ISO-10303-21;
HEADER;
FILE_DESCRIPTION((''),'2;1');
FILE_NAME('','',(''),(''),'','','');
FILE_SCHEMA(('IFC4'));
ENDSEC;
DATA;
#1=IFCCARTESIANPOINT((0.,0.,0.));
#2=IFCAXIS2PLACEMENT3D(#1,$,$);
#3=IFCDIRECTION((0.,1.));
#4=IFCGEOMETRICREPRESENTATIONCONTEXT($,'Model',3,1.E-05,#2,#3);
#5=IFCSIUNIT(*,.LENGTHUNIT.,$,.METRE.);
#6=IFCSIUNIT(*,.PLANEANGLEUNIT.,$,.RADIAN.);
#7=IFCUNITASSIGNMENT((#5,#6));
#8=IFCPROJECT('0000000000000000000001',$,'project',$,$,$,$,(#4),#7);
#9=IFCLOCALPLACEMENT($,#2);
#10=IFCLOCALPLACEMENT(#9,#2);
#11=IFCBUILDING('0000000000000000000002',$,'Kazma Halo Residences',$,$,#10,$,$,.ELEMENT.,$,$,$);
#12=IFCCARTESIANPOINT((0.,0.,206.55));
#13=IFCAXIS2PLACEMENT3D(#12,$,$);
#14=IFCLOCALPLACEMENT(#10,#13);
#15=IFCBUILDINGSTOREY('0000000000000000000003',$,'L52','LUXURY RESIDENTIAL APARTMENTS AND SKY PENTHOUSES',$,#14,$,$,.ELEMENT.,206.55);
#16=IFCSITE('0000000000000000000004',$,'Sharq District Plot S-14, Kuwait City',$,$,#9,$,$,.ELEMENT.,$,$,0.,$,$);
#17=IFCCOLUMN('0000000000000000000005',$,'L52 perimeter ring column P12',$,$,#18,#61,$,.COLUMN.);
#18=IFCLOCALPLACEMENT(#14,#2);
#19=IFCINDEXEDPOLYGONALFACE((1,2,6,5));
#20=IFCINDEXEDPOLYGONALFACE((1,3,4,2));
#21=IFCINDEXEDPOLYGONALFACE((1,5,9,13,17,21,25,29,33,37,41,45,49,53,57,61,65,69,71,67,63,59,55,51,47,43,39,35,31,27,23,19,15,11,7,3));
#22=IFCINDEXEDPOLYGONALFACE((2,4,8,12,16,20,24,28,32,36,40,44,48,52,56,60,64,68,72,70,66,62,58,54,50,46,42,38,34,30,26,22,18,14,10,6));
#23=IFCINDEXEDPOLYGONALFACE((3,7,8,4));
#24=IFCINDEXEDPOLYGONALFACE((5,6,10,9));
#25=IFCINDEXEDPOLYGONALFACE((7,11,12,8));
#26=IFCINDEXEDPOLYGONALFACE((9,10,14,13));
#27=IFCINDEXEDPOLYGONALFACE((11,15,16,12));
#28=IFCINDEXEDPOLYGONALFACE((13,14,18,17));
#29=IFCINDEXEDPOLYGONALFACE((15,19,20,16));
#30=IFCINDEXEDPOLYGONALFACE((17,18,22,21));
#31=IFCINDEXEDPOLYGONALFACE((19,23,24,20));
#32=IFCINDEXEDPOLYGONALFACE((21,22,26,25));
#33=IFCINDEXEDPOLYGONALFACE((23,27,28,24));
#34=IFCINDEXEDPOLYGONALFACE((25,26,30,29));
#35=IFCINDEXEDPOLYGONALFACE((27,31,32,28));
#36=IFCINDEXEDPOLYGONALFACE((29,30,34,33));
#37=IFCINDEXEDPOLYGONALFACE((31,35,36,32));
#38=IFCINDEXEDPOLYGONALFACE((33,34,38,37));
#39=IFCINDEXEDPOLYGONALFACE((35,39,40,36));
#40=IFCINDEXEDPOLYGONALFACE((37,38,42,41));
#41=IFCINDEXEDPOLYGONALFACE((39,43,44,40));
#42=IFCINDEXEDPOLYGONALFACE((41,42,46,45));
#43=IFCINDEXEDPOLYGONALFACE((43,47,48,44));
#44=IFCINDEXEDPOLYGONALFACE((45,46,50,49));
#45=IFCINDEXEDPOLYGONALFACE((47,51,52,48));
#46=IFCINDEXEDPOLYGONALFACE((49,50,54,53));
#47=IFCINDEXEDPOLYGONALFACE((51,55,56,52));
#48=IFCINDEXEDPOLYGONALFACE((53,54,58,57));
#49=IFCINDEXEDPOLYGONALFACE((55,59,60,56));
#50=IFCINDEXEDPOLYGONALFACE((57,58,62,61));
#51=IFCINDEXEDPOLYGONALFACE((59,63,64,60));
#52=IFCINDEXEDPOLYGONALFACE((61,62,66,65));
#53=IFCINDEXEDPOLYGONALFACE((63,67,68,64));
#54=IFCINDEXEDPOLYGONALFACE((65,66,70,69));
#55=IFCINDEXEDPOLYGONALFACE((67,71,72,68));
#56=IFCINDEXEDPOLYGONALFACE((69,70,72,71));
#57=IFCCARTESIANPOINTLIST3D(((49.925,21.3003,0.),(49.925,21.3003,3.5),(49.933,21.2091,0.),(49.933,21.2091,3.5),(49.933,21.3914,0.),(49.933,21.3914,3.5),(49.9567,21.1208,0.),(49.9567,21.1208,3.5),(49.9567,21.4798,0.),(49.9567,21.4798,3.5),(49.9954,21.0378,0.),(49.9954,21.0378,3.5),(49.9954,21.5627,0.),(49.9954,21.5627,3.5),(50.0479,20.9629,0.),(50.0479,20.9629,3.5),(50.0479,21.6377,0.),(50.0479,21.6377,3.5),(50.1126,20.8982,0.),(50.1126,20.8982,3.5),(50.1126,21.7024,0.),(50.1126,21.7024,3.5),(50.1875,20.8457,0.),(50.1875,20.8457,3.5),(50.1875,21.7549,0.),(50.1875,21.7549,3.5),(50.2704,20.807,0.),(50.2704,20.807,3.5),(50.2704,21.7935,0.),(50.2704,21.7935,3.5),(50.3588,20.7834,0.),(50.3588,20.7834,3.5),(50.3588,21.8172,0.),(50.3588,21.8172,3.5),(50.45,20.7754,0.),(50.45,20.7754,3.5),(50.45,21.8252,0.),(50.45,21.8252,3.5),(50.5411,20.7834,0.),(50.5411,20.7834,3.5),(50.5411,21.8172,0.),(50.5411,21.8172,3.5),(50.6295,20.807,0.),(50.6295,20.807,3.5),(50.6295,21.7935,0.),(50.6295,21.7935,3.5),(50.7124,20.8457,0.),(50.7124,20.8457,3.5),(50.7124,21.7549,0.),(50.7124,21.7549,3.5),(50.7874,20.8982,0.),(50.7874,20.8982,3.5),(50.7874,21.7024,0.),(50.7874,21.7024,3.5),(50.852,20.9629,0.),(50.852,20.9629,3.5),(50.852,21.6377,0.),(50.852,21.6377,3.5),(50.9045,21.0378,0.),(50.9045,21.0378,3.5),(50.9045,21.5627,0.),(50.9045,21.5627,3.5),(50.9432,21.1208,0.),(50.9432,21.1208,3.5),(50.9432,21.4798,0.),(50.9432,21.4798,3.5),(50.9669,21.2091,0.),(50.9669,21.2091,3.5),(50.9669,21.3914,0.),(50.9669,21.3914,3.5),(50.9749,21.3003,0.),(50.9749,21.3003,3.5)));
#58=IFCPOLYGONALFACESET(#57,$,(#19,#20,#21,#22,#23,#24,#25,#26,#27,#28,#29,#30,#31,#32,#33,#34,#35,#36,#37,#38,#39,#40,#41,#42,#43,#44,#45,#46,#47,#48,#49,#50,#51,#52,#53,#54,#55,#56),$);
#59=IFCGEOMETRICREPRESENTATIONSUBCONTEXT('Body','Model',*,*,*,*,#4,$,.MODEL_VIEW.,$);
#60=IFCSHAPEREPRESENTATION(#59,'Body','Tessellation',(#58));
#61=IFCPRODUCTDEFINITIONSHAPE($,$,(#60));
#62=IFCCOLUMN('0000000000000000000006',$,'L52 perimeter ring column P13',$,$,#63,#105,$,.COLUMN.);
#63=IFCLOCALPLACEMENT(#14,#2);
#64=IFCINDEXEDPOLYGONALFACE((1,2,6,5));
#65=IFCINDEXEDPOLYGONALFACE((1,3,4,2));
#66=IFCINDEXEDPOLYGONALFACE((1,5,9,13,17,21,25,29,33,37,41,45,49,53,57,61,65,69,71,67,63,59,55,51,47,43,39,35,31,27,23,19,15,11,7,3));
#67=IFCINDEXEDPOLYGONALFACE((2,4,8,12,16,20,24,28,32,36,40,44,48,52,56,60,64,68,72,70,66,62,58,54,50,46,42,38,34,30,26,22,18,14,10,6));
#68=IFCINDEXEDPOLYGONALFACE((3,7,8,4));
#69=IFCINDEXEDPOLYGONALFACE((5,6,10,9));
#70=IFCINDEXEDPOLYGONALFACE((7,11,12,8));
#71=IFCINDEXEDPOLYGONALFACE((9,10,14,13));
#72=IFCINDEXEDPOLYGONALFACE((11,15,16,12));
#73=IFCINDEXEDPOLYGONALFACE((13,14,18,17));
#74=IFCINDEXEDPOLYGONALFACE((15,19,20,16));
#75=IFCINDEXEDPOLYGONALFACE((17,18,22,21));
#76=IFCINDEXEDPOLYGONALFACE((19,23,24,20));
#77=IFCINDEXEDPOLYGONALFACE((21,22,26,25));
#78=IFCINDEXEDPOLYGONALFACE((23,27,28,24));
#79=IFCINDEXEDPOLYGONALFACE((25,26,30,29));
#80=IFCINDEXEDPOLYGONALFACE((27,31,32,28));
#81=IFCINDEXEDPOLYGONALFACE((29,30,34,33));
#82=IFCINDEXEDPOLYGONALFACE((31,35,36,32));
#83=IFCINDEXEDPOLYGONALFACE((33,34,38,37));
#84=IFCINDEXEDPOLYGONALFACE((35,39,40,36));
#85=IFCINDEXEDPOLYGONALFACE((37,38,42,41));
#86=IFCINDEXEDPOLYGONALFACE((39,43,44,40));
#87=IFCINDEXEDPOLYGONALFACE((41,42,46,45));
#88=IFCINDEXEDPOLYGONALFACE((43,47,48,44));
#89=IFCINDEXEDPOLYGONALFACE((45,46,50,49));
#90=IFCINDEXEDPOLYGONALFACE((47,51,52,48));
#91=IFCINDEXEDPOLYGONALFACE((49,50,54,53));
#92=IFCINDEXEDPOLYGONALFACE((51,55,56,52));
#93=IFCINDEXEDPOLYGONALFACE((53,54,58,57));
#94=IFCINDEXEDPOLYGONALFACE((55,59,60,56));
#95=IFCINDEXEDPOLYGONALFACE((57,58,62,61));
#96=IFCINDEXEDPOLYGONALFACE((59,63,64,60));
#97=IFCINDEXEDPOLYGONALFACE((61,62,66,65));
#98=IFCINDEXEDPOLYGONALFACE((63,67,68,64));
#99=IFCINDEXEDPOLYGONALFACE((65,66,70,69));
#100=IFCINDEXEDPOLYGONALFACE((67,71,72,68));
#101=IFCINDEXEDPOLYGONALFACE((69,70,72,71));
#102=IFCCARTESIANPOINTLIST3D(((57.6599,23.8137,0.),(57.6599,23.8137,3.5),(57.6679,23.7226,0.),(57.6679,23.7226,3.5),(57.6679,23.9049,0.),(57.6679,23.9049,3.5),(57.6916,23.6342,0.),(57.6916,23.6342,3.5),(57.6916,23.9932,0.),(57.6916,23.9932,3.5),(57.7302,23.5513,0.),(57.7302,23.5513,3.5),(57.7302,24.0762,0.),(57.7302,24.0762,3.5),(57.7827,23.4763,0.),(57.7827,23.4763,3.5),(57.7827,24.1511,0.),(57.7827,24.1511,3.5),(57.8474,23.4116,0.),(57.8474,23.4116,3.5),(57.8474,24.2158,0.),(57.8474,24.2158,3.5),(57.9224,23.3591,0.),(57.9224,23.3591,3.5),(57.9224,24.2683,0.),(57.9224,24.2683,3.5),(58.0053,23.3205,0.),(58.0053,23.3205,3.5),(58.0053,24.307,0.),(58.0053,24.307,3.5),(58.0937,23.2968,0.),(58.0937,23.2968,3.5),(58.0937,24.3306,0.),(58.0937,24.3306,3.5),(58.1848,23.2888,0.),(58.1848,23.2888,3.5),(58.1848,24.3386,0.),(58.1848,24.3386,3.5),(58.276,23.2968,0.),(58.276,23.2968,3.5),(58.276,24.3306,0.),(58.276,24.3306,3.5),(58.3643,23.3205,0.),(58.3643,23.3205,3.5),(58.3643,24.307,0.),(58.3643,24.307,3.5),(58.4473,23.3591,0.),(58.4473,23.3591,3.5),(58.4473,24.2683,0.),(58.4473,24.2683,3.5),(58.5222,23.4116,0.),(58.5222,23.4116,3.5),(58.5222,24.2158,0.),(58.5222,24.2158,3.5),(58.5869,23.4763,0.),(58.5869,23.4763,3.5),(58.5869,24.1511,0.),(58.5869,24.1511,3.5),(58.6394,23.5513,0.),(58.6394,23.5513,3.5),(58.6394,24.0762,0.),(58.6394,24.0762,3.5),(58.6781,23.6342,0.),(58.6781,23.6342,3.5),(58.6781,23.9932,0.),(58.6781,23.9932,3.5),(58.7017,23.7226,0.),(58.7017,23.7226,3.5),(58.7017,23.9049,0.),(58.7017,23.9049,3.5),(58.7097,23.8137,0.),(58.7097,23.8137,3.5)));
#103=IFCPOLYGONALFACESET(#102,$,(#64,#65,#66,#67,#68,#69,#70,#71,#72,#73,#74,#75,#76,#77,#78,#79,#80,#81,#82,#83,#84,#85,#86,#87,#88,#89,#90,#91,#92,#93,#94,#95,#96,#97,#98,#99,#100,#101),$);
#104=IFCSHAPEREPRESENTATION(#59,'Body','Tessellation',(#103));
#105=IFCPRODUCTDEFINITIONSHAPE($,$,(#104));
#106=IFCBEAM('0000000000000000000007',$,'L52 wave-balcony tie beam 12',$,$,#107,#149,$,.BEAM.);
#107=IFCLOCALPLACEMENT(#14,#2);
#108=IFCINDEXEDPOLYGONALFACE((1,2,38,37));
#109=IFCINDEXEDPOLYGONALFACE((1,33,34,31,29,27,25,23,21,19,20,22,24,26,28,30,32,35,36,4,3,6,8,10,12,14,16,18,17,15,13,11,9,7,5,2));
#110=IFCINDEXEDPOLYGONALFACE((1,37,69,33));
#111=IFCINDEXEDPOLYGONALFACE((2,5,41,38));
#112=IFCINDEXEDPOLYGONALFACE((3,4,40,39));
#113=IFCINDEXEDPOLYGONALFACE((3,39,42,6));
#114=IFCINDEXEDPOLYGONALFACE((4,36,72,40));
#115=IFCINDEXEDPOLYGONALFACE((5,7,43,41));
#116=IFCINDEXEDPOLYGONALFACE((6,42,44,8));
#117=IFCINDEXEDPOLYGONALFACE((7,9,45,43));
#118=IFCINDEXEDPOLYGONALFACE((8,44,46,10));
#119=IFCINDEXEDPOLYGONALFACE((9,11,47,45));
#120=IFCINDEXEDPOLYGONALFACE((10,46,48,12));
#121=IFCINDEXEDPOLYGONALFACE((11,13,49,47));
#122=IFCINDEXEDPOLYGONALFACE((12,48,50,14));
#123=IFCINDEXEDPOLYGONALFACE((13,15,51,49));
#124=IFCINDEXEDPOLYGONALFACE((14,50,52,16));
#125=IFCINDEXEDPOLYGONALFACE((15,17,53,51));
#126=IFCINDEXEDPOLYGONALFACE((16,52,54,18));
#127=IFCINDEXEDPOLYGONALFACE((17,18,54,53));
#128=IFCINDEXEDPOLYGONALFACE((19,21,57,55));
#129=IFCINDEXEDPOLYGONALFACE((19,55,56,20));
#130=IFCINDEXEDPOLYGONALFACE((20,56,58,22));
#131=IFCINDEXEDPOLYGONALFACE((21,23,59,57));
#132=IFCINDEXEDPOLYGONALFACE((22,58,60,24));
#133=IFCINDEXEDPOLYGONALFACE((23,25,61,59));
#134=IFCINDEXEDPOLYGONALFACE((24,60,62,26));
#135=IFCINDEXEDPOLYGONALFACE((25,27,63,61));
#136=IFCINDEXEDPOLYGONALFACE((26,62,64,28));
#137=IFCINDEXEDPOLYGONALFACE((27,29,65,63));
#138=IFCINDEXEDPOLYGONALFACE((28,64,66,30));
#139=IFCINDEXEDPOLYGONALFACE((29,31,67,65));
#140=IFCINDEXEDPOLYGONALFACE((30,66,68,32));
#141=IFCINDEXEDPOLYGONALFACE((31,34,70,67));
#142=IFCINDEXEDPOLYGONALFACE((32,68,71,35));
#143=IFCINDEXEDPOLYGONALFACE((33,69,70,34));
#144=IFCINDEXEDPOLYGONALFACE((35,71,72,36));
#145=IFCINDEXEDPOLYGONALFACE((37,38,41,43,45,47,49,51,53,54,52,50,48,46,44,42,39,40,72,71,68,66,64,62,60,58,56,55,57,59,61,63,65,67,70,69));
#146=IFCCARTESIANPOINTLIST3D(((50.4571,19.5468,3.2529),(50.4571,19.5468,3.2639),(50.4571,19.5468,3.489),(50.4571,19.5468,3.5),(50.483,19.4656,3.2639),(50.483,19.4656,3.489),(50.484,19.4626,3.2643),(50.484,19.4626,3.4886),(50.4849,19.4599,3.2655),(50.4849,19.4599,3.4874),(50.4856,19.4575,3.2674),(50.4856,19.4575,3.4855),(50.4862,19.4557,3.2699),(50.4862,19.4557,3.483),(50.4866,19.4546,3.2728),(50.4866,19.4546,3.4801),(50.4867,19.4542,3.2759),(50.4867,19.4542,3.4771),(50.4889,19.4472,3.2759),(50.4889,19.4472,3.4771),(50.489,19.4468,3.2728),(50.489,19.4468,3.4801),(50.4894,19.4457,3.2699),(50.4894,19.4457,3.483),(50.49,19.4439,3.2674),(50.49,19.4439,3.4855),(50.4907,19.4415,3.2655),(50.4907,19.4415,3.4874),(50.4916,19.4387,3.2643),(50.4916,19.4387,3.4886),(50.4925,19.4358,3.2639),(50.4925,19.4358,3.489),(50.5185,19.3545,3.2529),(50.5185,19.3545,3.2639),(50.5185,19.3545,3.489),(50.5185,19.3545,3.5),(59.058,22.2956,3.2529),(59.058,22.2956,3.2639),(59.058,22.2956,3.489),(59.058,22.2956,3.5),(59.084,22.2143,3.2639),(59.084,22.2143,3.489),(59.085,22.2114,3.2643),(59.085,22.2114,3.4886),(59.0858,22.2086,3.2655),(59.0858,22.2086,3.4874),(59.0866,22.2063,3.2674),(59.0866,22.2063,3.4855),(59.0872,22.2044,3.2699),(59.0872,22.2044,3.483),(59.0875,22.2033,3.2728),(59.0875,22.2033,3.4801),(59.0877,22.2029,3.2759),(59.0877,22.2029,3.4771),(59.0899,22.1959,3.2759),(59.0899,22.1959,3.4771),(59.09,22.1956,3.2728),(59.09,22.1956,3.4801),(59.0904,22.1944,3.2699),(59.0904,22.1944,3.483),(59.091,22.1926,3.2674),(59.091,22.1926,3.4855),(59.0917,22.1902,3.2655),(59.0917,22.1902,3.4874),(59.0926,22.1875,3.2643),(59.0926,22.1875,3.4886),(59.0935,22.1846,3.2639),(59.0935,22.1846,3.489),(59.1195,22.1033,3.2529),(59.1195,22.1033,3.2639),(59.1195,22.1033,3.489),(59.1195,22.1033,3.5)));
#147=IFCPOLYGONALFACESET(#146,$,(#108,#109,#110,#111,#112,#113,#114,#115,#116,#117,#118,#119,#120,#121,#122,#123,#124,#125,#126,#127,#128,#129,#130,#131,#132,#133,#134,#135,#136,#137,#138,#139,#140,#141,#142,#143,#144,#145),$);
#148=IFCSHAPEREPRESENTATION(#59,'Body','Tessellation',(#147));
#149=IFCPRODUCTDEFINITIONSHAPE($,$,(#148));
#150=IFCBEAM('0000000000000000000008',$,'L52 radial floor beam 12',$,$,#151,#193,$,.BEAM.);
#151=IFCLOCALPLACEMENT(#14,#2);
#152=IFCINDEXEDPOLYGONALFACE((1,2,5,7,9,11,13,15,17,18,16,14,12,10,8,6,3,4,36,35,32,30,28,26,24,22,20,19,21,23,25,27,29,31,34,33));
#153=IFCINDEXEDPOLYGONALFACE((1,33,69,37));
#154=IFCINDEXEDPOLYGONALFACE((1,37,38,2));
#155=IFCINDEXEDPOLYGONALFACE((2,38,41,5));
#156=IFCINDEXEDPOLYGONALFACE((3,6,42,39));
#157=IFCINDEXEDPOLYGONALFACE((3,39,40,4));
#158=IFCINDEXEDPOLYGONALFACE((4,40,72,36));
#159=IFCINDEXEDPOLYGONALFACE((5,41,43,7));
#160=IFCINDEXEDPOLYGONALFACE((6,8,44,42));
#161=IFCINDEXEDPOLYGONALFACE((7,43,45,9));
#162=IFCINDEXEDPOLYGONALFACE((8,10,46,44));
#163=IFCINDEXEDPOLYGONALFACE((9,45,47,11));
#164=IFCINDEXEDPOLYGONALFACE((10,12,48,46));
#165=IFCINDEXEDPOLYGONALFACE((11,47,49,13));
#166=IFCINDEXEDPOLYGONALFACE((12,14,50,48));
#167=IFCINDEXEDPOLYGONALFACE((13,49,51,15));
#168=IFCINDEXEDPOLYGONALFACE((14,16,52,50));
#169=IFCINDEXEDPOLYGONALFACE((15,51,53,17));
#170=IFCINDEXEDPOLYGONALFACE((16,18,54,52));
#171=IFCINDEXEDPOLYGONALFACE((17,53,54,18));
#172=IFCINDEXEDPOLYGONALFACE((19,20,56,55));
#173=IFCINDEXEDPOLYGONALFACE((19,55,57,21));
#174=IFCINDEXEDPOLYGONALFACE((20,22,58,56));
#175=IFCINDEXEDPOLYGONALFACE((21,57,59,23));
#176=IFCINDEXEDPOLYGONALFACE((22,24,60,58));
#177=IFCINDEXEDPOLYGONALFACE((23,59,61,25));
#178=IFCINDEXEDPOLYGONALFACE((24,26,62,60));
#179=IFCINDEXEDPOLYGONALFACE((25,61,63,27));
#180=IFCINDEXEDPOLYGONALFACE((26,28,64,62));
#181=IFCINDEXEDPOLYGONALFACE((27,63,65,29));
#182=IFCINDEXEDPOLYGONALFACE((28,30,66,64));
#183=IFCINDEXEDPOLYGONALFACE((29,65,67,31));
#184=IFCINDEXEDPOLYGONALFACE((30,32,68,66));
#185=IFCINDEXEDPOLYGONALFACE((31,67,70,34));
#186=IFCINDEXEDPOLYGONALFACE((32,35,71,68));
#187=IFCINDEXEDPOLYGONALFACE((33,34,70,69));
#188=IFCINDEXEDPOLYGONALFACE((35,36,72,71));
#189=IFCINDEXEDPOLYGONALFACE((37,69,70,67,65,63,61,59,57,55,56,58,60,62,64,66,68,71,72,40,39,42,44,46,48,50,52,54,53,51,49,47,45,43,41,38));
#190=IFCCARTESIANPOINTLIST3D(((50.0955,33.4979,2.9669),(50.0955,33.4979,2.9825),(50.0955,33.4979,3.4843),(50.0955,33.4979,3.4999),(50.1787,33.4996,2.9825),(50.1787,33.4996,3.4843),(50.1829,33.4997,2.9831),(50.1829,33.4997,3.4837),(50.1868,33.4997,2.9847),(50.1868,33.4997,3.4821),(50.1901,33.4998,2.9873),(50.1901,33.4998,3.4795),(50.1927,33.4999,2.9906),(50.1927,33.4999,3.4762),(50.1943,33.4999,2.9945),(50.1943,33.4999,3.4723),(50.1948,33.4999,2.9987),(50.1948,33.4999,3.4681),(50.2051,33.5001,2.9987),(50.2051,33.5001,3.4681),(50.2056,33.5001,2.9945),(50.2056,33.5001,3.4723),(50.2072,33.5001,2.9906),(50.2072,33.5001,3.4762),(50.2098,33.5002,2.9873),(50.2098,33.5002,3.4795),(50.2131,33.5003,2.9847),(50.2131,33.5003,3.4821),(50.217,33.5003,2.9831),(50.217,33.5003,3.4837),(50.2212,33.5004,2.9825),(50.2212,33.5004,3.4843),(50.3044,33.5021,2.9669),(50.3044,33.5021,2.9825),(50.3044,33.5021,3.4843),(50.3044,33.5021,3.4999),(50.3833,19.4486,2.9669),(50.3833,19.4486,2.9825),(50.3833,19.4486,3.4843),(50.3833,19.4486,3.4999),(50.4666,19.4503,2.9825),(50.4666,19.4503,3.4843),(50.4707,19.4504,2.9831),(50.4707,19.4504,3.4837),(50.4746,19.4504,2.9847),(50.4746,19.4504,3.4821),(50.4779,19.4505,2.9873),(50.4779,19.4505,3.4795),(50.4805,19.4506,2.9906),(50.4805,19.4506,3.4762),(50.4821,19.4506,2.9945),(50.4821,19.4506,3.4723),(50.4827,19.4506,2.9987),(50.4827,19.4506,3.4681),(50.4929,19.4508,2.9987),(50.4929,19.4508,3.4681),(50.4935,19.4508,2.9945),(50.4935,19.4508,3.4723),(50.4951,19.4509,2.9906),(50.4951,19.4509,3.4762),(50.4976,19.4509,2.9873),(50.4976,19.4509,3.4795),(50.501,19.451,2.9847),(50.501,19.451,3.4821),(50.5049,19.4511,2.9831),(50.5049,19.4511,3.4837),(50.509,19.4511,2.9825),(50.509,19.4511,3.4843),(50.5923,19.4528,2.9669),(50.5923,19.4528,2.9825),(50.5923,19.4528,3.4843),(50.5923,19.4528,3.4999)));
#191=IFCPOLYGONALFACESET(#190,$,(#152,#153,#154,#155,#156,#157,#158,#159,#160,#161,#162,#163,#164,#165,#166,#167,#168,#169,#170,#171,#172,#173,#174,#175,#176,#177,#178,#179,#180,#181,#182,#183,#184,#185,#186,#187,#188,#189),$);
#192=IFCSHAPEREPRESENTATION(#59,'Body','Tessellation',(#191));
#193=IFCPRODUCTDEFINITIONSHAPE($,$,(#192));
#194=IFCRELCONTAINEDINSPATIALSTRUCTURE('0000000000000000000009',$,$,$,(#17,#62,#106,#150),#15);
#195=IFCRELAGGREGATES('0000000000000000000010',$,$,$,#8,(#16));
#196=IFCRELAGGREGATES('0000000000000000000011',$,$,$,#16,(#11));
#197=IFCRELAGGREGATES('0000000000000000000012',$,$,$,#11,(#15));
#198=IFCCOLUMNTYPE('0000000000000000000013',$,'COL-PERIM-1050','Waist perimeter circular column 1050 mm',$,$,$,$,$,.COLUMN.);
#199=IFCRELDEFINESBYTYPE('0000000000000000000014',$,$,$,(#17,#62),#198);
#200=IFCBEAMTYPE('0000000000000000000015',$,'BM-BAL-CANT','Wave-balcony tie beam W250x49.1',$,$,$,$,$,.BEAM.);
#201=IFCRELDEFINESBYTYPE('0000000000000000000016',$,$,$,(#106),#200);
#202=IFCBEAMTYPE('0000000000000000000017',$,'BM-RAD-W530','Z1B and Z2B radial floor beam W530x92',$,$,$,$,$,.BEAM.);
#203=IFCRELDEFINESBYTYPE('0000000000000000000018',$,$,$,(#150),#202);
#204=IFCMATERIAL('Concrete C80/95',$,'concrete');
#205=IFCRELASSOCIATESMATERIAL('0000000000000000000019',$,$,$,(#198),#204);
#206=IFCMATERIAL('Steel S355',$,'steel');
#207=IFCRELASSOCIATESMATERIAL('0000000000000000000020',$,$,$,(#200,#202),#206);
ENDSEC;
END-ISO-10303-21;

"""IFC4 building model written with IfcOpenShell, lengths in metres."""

from ifc_helpers import new_model, si_unit, direction, frame, origin, origin_2d, place, context, subcontext, project, spatial, circle, i_section, extrude, material, material_profile, profile_set, type_object, element, save


model = new_model("IFC4")

# Units and contexts
model_context = context("Model", 3, precision=1e-05, world=origin(), true_north=direction((0.0, 1.0)))
body_context = subcontext(model_context, "Body", "Model", "MODEL_VIEW")
ifc_project = project(units=[si_unit("LENGTHUNIT", "METRE"), si_unit("PLANEANGLEUNIT", "RADIAN")], contexts=[model_context])

# Site, building, storey
site_placement = place(None, origin())
site = spatial("IfcSite", under=ifc_project, at=site_placement, Name="Sharq District Plot S-14, Kuwait City", CompositionType="ELEMENT", RefElevation=0.0)
building_placement = place(site_placement, origin())
building = spatial("IfcBuilding", under=site, at=building_placement, Name="Kazma Halo Residences", CompositionType="ELEMENT")
storey_placement = place(building_placement, frame((0.0, 0.0, 206.55)))
storey = spatial("IfcBuildingStorey", under=building, at=storey_placement, Name="L52", Description="LUXURY RESIDENTIAL APARTMENTS AND SKY PENTHOUSES", CompositionType="ELEMENT", Elevation=206.55)

# Columns
ifc_material_1 = material(Name="Concrete C80/95", Category="concrete")
ifc_material_profile_1 = material_profile(ifc_material_1, circle(Radius=0.5249, at=origin_2d()), Name="CIRC1050")
ifc_profile_set_1 = profile_set([ifc_material_profile_1], Name="Concrete C80/95")
column_type = type_object("IfcColumnType", Name="COL-PERIM-1050", Description="Waist perimeter circular column 1050 mm", PredefinedType="COLUMN", material=ifc_profile_set_1)
for number, where, z_axis, x_axis, name in (
    (1, (50.45, 21.3003, 0.0), (0.0, 0.0, 1.0), (1.0, 0.0, 0.0), "L52 perimeter ring column P12"),
    (2, (58.1848, 23.8137, 0.0), (0.0, 0.0, 1.0), (1.0, 0.0, 0.0), "L52 perimeter ring column P13"),
):
    element("IfcColumn", number, at=place(storey_placement, frame(where, z_axis=z_axis, x_axis=x_axis)), inside=storey, type_object=column_type, Name=name, PredefinedType="COLUMN", context=body_context, shape_type="SweptSolid", body=[
        extrude(circle(Radius=0.5249, at=origin_2d()), origin(), (0.0, 0.0, 1.0), 3.5),
    ])

# Beams
ifc_material_2 = material(Name="Steel S355", Category="steel")
ifc_material_profile_2 = material_profile(ifc_material_2, i_section(OverallWidth=0.2019, OverallDepth=0.2471, WebThickness=0.0073, FlangeThickness=0.011, FilletRadius=0.012, at=origin_2d()), Name="W250x49.1")
ifc_profile_set_2 = profile_set([ifc_material_profile_2], Name="Steel S355")
beam_type_1 = type_object("IfcBeamType", Name="BM-BAL-CANT", Description="Wave-balcony tie beam W250x49.1", PredefinedType="BEAM", material=ifc_profile_set_2)
beam_1_placement = place(storey_placement, frame((50.4878, 19.4507, 3.3765), z_axis=(0.952539, 0.304418, 0.0), x_axis=(-0.304418, 0.952539, 0.0)))
element("IfcBeam", 3, at=beam_1_placement, inside=storey, type_object=beam_type_1, Name="L52 wave-balcony tie beam 12", PredefinedType="BEAM", context=body_context, shape_type="SweptSolid", body=[
    extrude(i_section(OverallWidth=0.2019, OverallDepth=0.2471, WebThickness=0.0073, FlangeThickness=0.011, FilletRadius=0.012, at=origin_2d()), origin(), (0.0, 0.0, 1.0), 9.0295),
])
ifc_material_profile_3 = material_profile(ifc_material_2, i_section(OverallWidth=0.209, OverallDepth=0.533, WebThickness=0.0103, FlangeThickness=0.0156, FilletRadius=0.0161, at=origin_2d()), Name="W530x92")
ifc_profile_set_3 = profile_set([ifc_material_profile_3], Name="Steel S355")
beam_type_2 = type_object("IfcBeamType", Name="BM-RAD-W530", Description="Z1B and Z2B radial floor beam W530x92", PredefinedType="BEAM", material=ifc_profile_set_3)
beam_2_placement = place(storey_placement, frame((50.2, 33.5, 3.2334), z_axis=(0.020484, -0.99979, 0.0), x_axis=(0.99979, 0.020484, 0.0)))
element("IfcBeam", 4, at=beam_2_placement, inside=storey, type_object=beam_type_2, Name="L52 radial floor beam 12", PredefinedType="BEAM", context=body_context, shape_type="SweptSolid", body=[
    extrude(i_section(OverallWidth=0.209, OverallDepth=0.533, WebThickness=0.0103, FlangeThickness=0.0156, FilletRadius=0.0161, at=origin_2d()), origin(), (0.0, 0.0, 1.0), 14.0522),
])

save(model, "model.ifc")
